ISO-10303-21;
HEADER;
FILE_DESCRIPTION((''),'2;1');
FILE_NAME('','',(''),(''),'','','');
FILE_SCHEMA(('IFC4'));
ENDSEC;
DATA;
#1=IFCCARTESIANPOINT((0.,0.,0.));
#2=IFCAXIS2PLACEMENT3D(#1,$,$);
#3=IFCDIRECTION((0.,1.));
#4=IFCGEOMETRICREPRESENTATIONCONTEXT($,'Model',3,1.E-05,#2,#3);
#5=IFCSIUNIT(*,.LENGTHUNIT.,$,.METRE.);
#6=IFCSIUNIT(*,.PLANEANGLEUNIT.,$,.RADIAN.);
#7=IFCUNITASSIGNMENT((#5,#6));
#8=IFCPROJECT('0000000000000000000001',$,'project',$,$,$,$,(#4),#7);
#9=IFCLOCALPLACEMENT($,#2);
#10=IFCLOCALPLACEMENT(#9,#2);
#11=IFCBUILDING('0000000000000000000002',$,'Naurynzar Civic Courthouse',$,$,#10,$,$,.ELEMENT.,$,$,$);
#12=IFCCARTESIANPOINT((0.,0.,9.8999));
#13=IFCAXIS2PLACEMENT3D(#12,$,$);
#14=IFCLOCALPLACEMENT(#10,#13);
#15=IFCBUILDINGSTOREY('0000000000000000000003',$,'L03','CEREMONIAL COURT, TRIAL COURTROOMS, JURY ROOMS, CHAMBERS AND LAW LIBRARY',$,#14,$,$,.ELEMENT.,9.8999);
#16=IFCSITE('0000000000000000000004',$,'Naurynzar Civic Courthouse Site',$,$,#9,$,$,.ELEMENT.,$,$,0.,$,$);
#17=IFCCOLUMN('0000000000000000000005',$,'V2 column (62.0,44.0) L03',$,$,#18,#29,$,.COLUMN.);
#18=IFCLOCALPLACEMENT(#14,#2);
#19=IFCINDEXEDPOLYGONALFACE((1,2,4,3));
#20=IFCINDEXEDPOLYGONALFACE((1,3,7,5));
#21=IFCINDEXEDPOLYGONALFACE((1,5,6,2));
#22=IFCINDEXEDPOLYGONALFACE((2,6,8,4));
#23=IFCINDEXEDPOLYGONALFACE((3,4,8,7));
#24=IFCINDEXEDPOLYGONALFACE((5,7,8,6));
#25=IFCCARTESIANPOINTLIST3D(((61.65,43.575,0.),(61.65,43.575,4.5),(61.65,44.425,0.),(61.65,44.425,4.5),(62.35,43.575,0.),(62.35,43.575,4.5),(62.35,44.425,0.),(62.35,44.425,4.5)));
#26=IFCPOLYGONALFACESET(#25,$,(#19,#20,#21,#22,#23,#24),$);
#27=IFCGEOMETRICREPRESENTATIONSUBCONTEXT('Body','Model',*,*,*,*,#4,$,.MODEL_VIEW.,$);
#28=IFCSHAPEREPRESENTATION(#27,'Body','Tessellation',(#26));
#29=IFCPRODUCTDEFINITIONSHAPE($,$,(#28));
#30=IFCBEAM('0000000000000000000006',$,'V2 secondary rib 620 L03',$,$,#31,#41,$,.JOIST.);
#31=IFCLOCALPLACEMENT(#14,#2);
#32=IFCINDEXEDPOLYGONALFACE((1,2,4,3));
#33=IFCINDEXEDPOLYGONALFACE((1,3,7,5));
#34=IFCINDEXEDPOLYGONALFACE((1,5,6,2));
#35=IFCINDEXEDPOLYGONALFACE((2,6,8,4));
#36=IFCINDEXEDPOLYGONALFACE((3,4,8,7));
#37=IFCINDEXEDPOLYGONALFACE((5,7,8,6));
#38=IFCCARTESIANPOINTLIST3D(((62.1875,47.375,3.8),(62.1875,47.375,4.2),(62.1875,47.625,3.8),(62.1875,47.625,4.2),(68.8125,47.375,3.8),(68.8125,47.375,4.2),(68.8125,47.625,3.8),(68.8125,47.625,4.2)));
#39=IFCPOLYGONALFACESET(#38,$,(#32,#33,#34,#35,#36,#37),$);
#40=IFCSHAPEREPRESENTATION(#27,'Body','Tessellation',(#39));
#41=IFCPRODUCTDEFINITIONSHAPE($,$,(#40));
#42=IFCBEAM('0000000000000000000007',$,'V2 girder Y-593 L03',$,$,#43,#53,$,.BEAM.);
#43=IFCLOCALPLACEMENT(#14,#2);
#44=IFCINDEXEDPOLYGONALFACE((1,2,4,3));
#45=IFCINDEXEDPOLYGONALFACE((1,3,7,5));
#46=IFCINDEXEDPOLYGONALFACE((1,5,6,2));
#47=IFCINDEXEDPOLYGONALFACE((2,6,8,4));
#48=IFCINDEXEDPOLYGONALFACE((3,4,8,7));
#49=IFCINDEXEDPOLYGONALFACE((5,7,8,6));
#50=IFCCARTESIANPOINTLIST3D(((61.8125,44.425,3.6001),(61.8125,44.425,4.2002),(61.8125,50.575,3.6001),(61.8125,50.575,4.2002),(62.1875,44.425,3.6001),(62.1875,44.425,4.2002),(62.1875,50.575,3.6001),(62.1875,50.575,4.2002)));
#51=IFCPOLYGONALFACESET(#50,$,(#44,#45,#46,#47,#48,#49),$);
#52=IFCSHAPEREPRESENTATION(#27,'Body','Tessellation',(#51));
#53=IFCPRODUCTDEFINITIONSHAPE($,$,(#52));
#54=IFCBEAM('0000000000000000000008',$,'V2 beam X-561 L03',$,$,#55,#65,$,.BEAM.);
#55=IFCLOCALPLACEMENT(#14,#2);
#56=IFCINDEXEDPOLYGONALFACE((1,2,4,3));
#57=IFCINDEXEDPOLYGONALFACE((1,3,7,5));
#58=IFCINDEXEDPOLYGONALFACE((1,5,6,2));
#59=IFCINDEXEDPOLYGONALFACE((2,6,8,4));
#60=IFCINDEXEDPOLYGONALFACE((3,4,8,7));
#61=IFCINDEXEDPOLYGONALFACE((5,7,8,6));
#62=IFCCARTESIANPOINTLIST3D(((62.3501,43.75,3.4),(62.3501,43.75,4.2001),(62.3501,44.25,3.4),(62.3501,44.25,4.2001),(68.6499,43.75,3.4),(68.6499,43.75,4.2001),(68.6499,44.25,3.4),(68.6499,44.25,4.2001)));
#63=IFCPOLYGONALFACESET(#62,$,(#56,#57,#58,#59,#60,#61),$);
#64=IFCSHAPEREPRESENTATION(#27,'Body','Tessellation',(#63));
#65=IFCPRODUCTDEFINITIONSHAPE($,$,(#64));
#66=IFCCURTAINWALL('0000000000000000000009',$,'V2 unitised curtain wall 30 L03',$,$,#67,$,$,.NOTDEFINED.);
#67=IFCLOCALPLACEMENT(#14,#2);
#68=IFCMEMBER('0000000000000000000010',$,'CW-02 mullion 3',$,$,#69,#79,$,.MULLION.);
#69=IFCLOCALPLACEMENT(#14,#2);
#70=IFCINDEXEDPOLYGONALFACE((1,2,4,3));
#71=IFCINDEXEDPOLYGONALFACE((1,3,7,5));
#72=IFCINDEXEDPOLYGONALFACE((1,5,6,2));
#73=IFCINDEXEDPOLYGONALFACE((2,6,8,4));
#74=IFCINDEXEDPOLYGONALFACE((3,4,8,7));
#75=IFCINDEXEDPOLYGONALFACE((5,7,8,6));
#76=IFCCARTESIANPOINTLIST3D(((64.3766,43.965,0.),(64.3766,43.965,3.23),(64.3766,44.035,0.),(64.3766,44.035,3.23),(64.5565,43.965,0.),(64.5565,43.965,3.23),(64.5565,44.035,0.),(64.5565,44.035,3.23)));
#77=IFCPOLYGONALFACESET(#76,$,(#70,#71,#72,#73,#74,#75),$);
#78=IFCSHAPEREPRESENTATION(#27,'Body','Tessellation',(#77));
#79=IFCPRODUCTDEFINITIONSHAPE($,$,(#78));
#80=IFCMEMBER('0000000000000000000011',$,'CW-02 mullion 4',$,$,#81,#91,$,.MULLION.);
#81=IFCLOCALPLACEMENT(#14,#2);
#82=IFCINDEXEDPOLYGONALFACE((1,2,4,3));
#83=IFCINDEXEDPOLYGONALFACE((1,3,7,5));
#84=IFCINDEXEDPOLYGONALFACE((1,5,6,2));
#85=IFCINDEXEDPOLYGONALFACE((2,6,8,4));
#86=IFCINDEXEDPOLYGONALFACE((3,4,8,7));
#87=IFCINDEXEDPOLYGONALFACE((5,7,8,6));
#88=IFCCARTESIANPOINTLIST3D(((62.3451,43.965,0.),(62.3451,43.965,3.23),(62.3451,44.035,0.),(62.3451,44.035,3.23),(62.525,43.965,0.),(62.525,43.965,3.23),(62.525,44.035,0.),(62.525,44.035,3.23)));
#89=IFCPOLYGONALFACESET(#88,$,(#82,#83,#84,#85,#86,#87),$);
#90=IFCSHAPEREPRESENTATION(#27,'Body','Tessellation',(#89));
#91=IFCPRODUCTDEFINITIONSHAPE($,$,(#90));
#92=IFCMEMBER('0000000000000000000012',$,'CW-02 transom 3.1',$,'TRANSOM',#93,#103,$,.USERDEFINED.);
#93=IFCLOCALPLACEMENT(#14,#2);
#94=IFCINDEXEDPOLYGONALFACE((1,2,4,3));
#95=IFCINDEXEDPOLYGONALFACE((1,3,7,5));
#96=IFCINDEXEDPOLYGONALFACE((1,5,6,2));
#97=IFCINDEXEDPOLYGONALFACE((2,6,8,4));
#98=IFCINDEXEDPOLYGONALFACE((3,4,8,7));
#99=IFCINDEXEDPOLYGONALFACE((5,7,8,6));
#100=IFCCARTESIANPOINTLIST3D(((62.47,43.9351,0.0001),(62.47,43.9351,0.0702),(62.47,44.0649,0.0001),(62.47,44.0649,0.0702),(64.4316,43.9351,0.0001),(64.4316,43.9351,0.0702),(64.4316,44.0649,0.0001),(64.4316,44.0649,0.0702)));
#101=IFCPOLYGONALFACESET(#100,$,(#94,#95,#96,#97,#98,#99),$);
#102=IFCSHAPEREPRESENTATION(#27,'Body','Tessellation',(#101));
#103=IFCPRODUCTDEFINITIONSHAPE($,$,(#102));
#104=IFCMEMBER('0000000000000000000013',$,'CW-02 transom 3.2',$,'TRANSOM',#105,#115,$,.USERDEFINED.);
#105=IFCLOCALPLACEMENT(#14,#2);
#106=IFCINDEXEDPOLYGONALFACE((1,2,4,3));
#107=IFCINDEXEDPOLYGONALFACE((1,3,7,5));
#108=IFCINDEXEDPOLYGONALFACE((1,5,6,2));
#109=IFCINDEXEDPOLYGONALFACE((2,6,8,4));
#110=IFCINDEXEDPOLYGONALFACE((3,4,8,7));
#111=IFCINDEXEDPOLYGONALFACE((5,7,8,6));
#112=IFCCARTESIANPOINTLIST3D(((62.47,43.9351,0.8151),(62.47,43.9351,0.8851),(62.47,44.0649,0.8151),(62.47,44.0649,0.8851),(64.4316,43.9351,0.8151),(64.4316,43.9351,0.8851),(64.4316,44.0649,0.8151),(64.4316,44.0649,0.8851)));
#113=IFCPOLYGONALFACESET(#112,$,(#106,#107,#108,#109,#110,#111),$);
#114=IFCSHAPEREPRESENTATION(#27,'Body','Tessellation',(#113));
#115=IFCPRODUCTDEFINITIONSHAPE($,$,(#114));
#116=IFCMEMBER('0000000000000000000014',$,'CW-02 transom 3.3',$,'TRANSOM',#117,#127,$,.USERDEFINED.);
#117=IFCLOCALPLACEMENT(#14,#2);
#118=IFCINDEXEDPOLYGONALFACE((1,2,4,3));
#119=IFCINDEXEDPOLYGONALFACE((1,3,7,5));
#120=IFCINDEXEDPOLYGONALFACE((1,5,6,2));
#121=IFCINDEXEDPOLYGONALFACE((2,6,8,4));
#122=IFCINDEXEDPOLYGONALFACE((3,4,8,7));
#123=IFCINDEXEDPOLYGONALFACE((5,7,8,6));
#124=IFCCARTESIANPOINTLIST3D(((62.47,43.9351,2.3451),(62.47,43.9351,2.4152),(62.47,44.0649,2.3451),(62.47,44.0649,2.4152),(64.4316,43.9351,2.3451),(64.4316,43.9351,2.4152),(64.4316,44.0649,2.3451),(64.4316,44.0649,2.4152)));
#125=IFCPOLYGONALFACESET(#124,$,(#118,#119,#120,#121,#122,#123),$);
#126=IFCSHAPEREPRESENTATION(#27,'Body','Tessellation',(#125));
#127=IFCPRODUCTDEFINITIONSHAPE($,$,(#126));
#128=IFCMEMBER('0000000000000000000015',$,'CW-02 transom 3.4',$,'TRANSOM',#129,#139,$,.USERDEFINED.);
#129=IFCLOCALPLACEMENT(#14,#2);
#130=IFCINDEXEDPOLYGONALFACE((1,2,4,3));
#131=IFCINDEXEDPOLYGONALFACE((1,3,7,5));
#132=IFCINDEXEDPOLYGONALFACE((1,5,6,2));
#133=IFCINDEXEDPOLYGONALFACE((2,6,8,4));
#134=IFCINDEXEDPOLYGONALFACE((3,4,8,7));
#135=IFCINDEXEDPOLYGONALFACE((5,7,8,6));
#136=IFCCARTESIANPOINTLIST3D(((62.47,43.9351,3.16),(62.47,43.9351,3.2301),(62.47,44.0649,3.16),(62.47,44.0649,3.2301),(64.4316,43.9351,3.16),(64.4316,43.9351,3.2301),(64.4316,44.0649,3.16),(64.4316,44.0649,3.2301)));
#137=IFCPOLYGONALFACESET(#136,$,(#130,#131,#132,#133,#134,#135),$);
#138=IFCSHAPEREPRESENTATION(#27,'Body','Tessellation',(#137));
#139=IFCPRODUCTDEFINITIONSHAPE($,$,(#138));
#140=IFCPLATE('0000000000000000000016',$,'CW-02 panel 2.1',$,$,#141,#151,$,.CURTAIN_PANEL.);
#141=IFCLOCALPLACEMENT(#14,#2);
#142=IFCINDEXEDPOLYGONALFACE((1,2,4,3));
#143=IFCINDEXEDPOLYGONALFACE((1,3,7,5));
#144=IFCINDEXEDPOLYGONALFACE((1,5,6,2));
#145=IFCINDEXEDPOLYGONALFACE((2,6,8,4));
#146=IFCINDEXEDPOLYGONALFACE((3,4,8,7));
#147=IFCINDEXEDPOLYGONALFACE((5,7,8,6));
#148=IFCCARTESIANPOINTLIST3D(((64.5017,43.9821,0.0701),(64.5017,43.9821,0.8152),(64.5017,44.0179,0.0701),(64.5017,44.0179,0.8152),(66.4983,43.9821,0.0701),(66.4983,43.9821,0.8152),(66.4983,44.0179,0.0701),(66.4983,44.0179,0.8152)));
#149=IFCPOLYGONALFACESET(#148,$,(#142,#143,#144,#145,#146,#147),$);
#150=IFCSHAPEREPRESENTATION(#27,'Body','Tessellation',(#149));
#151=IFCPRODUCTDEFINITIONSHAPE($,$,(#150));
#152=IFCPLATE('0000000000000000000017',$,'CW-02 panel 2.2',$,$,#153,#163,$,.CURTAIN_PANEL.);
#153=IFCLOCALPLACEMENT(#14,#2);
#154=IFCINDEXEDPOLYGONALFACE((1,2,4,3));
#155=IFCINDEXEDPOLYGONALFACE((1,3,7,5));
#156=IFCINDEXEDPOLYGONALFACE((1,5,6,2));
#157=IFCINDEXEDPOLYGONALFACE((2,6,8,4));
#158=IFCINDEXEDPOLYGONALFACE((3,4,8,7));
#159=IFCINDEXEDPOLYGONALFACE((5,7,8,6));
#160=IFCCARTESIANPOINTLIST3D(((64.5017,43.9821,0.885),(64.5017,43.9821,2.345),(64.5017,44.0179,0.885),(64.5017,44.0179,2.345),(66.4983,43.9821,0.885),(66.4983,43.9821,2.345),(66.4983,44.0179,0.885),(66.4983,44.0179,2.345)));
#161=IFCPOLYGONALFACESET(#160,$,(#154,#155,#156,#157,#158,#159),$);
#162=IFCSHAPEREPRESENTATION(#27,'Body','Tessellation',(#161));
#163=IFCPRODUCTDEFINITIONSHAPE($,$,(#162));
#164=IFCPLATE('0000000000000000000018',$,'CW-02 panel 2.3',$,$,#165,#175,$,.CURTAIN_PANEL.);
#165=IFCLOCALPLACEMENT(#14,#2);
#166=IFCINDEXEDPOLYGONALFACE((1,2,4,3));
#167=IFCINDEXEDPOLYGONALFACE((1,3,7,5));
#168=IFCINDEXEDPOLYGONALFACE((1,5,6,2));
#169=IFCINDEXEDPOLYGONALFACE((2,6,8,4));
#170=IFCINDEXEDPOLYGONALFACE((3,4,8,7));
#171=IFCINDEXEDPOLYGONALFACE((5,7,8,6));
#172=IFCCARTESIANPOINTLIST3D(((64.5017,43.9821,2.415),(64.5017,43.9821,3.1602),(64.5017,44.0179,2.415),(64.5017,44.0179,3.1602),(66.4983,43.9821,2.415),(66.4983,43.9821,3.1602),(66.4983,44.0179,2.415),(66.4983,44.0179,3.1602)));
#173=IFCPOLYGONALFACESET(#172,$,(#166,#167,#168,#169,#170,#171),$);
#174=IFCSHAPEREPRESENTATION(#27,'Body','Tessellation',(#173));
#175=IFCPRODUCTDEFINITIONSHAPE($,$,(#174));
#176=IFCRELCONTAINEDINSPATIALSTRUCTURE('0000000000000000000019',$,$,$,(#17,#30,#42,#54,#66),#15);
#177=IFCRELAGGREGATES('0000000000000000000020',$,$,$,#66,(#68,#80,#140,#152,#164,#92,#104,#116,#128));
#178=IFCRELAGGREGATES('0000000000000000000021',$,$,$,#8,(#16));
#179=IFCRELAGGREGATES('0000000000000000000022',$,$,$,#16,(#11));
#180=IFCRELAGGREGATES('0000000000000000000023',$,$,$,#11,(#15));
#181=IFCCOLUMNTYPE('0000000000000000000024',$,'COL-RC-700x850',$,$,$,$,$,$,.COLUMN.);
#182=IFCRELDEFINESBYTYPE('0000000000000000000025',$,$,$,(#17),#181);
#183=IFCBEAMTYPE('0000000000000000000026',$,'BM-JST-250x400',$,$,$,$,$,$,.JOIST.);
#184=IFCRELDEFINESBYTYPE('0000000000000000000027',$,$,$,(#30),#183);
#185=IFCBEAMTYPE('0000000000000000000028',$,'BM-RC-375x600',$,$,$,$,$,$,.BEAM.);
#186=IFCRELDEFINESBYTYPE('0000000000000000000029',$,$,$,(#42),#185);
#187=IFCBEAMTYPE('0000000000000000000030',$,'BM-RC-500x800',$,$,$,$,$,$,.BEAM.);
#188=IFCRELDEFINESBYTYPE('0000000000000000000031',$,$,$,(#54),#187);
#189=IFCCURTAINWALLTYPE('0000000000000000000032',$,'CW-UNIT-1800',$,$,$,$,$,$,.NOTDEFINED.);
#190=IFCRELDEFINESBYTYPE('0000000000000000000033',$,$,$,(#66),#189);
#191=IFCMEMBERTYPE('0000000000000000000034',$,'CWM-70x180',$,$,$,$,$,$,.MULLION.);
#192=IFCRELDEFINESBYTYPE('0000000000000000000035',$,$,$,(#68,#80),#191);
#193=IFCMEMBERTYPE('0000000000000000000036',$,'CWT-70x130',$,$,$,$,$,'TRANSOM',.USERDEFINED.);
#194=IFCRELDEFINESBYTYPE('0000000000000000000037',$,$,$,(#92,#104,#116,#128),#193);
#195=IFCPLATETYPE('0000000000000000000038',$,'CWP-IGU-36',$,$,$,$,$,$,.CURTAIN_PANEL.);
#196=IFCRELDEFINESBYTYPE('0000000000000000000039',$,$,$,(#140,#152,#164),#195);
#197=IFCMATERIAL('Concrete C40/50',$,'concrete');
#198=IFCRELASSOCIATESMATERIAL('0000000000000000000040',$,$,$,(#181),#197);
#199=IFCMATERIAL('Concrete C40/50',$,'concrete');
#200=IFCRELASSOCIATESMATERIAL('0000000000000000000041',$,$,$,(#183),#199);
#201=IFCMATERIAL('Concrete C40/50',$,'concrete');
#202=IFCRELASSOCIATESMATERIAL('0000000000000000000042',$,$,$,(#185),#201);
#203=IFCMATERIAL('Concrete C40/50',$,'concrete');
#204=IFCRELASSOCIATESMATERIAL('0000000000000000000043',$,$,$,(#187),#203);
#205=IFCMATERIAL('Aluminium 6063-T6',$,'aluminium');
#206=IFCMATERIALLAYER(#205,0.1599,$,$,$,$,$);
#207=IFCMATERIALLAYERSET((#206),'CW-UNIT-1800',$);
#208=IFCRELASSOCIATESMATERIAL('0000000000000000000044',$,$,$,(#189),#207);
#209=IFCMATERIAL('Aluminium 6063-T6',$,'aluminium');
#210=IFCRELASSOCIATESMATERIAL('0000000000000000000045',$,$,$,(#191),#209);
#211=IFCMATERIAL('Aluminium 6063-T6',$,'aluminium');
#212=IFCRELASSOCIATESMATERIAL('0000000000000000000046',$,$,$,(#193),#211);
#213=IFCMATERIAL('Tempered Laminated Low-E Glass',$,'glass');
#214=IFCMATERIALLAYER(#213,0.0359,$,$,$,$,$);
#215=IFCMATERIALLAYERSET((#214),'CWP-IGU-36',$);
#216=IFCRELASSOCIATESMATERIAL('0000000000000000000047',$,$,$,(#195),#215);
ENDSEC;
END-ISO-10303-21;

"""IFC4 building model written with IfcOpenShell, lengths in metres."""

from ifc_helpers import new_model, si_unit, direction, frame, origin, origin_2d, place, context, subcontext, project, spatial, rectangle, extrude, material, layer, layer_set, material_profile, profile_set, type_object, element, aggregate, save


model = new_model("IFC4")

# Units and contexts
model_context = context("Model", 3, precision=1e-05, world=origin(), true_north=direction((0.0, 1.0)))
body_context = subcontext(model_context, "Body", "Model", "MODEL_VIEW")
ifc_project = project(units=[si_unit("LENGTHUNIT", "METRE"), si_unit("PLANEANGLEUNIT", "RADIAN")], contexts=[model_context])

# Site, building, storey
site_placement = place(None, origin())
site = spatial("IfcSite", under=ifc_project, at=site_placement, Name="Naurynzar Civic Courthouse Site", CompositionType="ELEMENT", RefElevation=0.0)
building_placement = place(site_placement, origin())
building = spatial("IfcBuilding", under=site, at=building_placement, Name="Naurynzar Civic Courthouse", CompositionType="ELEMENT")
storey_placement = place(building_placement, frame((0.0, 0.0, 9.8999)))
storey = spatial("IfcBuildingStorey", under=building, at=storey_placement, Name="L03", Description="CEREMONIAL COURT, TRIAL COURTROOMS, JURY ROOMS, CHAMBERS AND LAW LIBRARY", CompositionType="ELEMENT", Elevation=9.8999)

# Column
ifc_material_1 = material(Name="Concrete C40/50", Category="concrete")
ifc_material_profile_1 = material_profile(ifc_material_1, rectangle(XDim=0.7, YDim=0.8501, at=origin_2d()), Name="RC 700x850")
ifc_profile_set_1 = profile_set([ifc_material_profile_1], Name="Concrete C40/50")
column_type = type_object("IfcColumnType", Name="COL-RC-700x850", PredefinedType="COLUMN", material=ifc_profile_set_1)
column_placement = place(storey_placement, frame((62.0, 44.0, 0.0), z_axis=(0.0, 0.0, 1.0), x_axis=(1.0, 0.0, 0.0)))
element("IfcColumn", 1, at=column_placement, inside=storey, type_object=column_type, Name="V2 column (62.0,44.0) L03", PredefinedType="COLUMN", context=body_context, shape_type="SweptSolid", body=[
    extrude(rectangle(XDim=0.7, YDim=0.8501, at=origin_2d()), origin(), (0.0, 0.0, 1.0), 4.5),
])

# Beams
ifc_material_2 = material(Name="Concrete C40/50", Category="concrete")
ifc_material_profile_2 = material_profile(ifc_material_2, rectangle(XDim=0.25, YDim=0.3999, at=origin_2d()), Name="RCB 250x400")
ifc_profile_set_2 = profile_set([ifc_material_profile_2], Name="Concrete C40/50")
beam_type_1 = type_object("IfcBeamType", Name="BM-JST-250x400", PredefinedType="JOIST", material=ifc_profile_set_2)
beam_1_placement = place(storey_placement, frame((62.1875, 47.5, 4.0), z_axis=(1.0, 0.0, 0.0), x_axis=(0.0, 1.0, 0.0)))
element("IfcBeam", 2, at=beam_1_placement, inside=storey, type_object=beam_type_1, Name="V2 secondary rib 620 L03", PredefinedType="JOIST", context=body_context, shape_type="SweptSolid", body=[
    extrude(rectangle(XDim=0.25, YDim=0.3999, at=origin_2d()), origin(), (0.0, 0.0, 1.0), 6.625),
])
ifc_material_3 = material(Name="Concrete C40/50", Category="concrete")
ifc_material_profile_3 = material_profile(ifc_material_3, rectangle(XDim=0.375, YDim=0.6001, at=origin_2d()), Name="RCB 375x600")
ifc_profile_set_3 = profile_set([ifc_material_profile_3], Name="Concrete C40/50")
beam_type_2 = type_object("IfcBeamType", Name="BM-RC-375x600", PredefinedType="BEAM", material=ifc_profile_set_3)
beam_2_placement = place(storey_placement, frame((62.0, 44.425, 3.9001), z_axis=(0.0, 1.0, 0.0), x_axis=(-1.0, 0.0, 0.0)))
element("IfcBeam", 3, at=beam_2_placement, inside=storey, type_object=beam_type_2, Name="V2 girder Y-593 L03", PredefinedType="BEAM", context=body_context, shape_type="SweptSolid", body=[
    extrude(rectangle(XDim=0.375, YDim=0.6001, at=origin_2d()), origin(), (0.0, 0.0, 1.0), 6.1499),
])
ifc_material_4 = material(Name="Concrete C40/50", Category="concrete")
ifc_material_profile_4 = material_profile(ifc_material_4, rectangle(XDim=0.5, YDim=0.8, at=origin_2d()), Name="RCB 500x800")
ifc_profile_set_4 = profile_set([ifc_material_profile_4], Name="Concrete C40/50")
beam_type_3 = type_object("IfcBeamType", Name="BM-RC-500x800", PredefinedType="BEAM", material=ifc_profile_set_4)
beam_3_placement = place(storey_placement, frame((62.3501, 44.0, 3.8), z_axis=(1.0, 0.0, 0.0), x_axis=(0.0, 1.0, 0.0)))
element("IfcBeam", 4, at=beam_3_placement, inside=storey, type_object=beam_type_3, Name="V2 beam X-561 L03", PredefinedType="BEAM", context=body_context, shape_type="SweptSolid", body=[
    extrude(rectangle(XDim=0.5, YDim=0.8, at=origin_2d()), origin(), (0.0, 0.0, 1.0), 6.2998),
])

# Curtain wall, members, plates
ifc_material_5 = material(Name="Aluminium 6063-T6", Category="aluminium")
ifc_layer_1 = layer(ifc_material_5, 0.1599)
ifc_layer_set_1 = layer_set([ifc_layer_1], Name="CW-UNIT-1800")
curtain_wall_type = type_object("IfcCurtainWallType", Name="CW-UNIT-1800", PredefinedType="NOTDEFINED", material=ifc_layer_set_1)
curtain_wall_placement = place(storey_placement, origin())
curtain_wall = element("IfcCurtainWall", 5, at=curtain_wall_placement, inside=storey, type_object=curtain_wall_type, Name="V2 unitised curtain wall 30 L03", PredefinedType="NOTDEFINED")
ifc_material_6 = material(Name="Aluminium 6063-T6", Category="aluminium")
ifc_material_profile_5 = material_profile(ifc_material_6, rectangle(XDim=0.0701, YDim=0.1799, at=origin_2d()), Name="ALU MULLION 70x180")
ifc_profile_set_5 = profile_set([ifc_material_profile_5], Name="Aluminium 6063-T6")
member_type_1 = type_object("IfcMemberType", Name="CWM-70x180", PredefinedType="MULLION", material=ifc_profile_set_5)
member_1_placement = place(storey_placement, frame((64.4666, 44.0, 0.0), z_axis=(0.0, 0.0, 1.0), x_axis=(0.0, -1.0, 0.0)))
member_1 = element("IfcMember", 6, at=member_1_placement, type_object=member_type_1, Name="CW-02 mullion 3", PredefinedType="MULLION", context=body_context, shape_type="SweptSolid", body=[
    extrude(rectangle(XDim=0.0701, YDim=0.1799, at=origin_2d()), origin(), (0.0, 0.0, 1.0), 3.23),
])
member_2_placement = place(storey_placement, frame((62.4351, 44.0, 0.0), z_axis=(0.0, 0.0, 1.0), x_axis=(0.0, -1.0, 0.0)))
member_2 = element("IfcMember", 7, at=member_2_placement, type_object=member_type_1, Name="CW-02 mullion 4", PredefinedType="MULLION", context=body_context, shape_type="SweptSolid", body=[
    extrude(rectangle(XDim=0.0701, YDim=0.1799, at=origin_2d()), origin(), (0.0, 0.0, 1.0), 3.23),
])
ifc_material_7 = material(Name="Aluminium 6063-T6", Category="aluminium")
ifc_material_profile_6 = material_profile(ifc_material_7, rectangle(XDim=0.1299, YDim=0.0701, at=origin_2d()), Name="ALU TRANSOM 70x130")
ifc_profile_set_6 = profile_set([ifc_material_profile_6], Name="Aluminium 6063-T6")
member_type_2 = type_object("IfcMemberType", Name="CWT-70x130", ElementType="TRANSOM", PredefinedType="USERDEFINED", material=ifc_profile_set_6)
member_3_placement = place(storey_placement, frame((64.4316, 44.0, 0.0352), z_axis=(-1.0, 0.0, 0.0), x_axis=(0.0, -1.0, 0.0)))
member_3 = element("IfcMember", 8, at=member_3_placement, type_object=member_type_2, Name="CW-02 transom 3.1", ObjectType="TRANSOM", PredefinedType="USERDEFINED", context=body_context, shape_type="SweptSolid", body=[
    extrude(rectangle(XDim=0.1299, YDim=0.0701, at=origin_2d()), origin(), (0.0, 0.0, 1.0), 1.9617),
])
member_4_placement = place(storey_placement, frame((64.4316, 44.0, 0.8501), z_axis=(-1.0, 0.0, 0.0), x_axis=(0.0, -1.0, 0.0)))
member_4 = element("IfcMember", 9, at=member_4_placement, type_object=member_type_2, Name="CW-02 transom 3.2", ObjectType="TRANSOM", PredefinedType="USERDEFINED", context=body_context, shape_type="SweptSolid", body=[
    extrude(rectangle(XDim=0.1299, YDim=0.0701, at=origin_2d()), origin(), (0.0, 0.0, 1.0), 1.9617),
])
member_5_placement = place(storey_placement, frame((64.4316, 44.0, 2.3801), z_axis=(-1.0, 0.0, 0.0), x_axis=(0.0, -1.0, 0.0)))
member_5 = element("IfcMember", 10, at=member_5_placement, type_object=member_type_2, Name="CW-02 transom 3.3", ObjectType="TRANSOM", PredefinedType="USERDEFINED", context=body_context, shape_type="SweptSolid", body=[
    extrude(rectangle(XDim=0.1299, YDim=0.0701, at=origin_2d()), origin(), (0.0, 0.0, 1.0), 1.9617),
])
member_6_placement = place(storey_placement, frame((64.4316, 44.0, 3.1951), z_axis=(-1.0, 0.0, 0.0), x_axis=(0.0, -1.0, 0.0)))
member_6 = element("IfcMember", 11, at=member_6_placement, type_object=member_type_2, Name="CW-02 transom 3.4", ObjectType="TRANSOM", PredefinedType="USERDEFINED", context=body_context, shape_type="SweptSolid", body=[
    extrude(rectangle(XDim=0.1299, YDim=0.0701, at=origin_2d()), origin(), (0.0, 0.0, 1.0), 1.9617),
])
ifc_material_8 = material(Name="Tempered Laminated Low-E Glass", Category="glass")
ifc_layer_2 = layer(ifc_material_8, 0.0359)
ifc_layer_set_2 = layer_set([ifc_layer_2], Name="CWP-IGU-36")
plate_type = type_object("IfcPlateType", Name="CWP-IGU-36", PredefinedType="CURTAIN_PANEL", material=ifc_layer_set_2)
plate_1_placement = place(storey_placement, frame((65.5, 44.0, 0.0701), z_axis=(0.0, 0.0, 1.0), x_axis=(-1.0, 0.0, 0.0)))
plate_1 = element("IfcPlate", 12, at=plate_1_placement, type_object=plate_type, Name="CW-02 panel 2.1", PredefinedType="CURTAIN_PANEL", context=body_context, shape_type="SweptSolid", body=[
    extrude(rectangle(XDim=1.9966, YDim=0.0359, at=origin_2d()), origin(), (0.0, 0.0, 1.0), 0.7451),
])
plate_2_placement = place(storey_placement, frame((65.5, 44.0, 0.885), z_axis=(0.0, 0.0, 1.0), x_axis=(-1.0, 0.0, 0.0)))
plate_2 = element("IfcPlate", 13, at=plate_2_placement, type_object=plate_type, Name="CW-02 panel 2.2", PredefinedType="CURTAIN_PANEL", context=body_context, shape_type="SweptSolid", body=[
    extrude(rectangle(XDim=1.9966, YDim=0.0359, at=origin_2d()), origin(), (0.0, 0.0, 1.0), 1.46),
])
plate_3_placement = place(storey_placement, frame((65.5, 44.0, 2.415), z_axis=(0.0, 0.0, 1.0), x_axis=(-1.0, 0.0, 0.0)))
plate_3 = element("IfcPlate", 14, at=plate_3_placement, type_object=plate_type, Name="CW-02 panel 2.3", PredefinedType="CURTAIN_PANEL", context=body_context, shape_type="SweptSolid", body=[
    extrude(rectangle(XDim=1.9966, YDim=0.0359, at=origin_2d()), origin(), (0.0, 0.0, 1.0), 0.7451),
])
aggregate(curtain_wall, [member_1, member_2, plate_1, plate_2, plate_3, member_3, member_4, member_5, member_6])

save(model, "model.ifc")
